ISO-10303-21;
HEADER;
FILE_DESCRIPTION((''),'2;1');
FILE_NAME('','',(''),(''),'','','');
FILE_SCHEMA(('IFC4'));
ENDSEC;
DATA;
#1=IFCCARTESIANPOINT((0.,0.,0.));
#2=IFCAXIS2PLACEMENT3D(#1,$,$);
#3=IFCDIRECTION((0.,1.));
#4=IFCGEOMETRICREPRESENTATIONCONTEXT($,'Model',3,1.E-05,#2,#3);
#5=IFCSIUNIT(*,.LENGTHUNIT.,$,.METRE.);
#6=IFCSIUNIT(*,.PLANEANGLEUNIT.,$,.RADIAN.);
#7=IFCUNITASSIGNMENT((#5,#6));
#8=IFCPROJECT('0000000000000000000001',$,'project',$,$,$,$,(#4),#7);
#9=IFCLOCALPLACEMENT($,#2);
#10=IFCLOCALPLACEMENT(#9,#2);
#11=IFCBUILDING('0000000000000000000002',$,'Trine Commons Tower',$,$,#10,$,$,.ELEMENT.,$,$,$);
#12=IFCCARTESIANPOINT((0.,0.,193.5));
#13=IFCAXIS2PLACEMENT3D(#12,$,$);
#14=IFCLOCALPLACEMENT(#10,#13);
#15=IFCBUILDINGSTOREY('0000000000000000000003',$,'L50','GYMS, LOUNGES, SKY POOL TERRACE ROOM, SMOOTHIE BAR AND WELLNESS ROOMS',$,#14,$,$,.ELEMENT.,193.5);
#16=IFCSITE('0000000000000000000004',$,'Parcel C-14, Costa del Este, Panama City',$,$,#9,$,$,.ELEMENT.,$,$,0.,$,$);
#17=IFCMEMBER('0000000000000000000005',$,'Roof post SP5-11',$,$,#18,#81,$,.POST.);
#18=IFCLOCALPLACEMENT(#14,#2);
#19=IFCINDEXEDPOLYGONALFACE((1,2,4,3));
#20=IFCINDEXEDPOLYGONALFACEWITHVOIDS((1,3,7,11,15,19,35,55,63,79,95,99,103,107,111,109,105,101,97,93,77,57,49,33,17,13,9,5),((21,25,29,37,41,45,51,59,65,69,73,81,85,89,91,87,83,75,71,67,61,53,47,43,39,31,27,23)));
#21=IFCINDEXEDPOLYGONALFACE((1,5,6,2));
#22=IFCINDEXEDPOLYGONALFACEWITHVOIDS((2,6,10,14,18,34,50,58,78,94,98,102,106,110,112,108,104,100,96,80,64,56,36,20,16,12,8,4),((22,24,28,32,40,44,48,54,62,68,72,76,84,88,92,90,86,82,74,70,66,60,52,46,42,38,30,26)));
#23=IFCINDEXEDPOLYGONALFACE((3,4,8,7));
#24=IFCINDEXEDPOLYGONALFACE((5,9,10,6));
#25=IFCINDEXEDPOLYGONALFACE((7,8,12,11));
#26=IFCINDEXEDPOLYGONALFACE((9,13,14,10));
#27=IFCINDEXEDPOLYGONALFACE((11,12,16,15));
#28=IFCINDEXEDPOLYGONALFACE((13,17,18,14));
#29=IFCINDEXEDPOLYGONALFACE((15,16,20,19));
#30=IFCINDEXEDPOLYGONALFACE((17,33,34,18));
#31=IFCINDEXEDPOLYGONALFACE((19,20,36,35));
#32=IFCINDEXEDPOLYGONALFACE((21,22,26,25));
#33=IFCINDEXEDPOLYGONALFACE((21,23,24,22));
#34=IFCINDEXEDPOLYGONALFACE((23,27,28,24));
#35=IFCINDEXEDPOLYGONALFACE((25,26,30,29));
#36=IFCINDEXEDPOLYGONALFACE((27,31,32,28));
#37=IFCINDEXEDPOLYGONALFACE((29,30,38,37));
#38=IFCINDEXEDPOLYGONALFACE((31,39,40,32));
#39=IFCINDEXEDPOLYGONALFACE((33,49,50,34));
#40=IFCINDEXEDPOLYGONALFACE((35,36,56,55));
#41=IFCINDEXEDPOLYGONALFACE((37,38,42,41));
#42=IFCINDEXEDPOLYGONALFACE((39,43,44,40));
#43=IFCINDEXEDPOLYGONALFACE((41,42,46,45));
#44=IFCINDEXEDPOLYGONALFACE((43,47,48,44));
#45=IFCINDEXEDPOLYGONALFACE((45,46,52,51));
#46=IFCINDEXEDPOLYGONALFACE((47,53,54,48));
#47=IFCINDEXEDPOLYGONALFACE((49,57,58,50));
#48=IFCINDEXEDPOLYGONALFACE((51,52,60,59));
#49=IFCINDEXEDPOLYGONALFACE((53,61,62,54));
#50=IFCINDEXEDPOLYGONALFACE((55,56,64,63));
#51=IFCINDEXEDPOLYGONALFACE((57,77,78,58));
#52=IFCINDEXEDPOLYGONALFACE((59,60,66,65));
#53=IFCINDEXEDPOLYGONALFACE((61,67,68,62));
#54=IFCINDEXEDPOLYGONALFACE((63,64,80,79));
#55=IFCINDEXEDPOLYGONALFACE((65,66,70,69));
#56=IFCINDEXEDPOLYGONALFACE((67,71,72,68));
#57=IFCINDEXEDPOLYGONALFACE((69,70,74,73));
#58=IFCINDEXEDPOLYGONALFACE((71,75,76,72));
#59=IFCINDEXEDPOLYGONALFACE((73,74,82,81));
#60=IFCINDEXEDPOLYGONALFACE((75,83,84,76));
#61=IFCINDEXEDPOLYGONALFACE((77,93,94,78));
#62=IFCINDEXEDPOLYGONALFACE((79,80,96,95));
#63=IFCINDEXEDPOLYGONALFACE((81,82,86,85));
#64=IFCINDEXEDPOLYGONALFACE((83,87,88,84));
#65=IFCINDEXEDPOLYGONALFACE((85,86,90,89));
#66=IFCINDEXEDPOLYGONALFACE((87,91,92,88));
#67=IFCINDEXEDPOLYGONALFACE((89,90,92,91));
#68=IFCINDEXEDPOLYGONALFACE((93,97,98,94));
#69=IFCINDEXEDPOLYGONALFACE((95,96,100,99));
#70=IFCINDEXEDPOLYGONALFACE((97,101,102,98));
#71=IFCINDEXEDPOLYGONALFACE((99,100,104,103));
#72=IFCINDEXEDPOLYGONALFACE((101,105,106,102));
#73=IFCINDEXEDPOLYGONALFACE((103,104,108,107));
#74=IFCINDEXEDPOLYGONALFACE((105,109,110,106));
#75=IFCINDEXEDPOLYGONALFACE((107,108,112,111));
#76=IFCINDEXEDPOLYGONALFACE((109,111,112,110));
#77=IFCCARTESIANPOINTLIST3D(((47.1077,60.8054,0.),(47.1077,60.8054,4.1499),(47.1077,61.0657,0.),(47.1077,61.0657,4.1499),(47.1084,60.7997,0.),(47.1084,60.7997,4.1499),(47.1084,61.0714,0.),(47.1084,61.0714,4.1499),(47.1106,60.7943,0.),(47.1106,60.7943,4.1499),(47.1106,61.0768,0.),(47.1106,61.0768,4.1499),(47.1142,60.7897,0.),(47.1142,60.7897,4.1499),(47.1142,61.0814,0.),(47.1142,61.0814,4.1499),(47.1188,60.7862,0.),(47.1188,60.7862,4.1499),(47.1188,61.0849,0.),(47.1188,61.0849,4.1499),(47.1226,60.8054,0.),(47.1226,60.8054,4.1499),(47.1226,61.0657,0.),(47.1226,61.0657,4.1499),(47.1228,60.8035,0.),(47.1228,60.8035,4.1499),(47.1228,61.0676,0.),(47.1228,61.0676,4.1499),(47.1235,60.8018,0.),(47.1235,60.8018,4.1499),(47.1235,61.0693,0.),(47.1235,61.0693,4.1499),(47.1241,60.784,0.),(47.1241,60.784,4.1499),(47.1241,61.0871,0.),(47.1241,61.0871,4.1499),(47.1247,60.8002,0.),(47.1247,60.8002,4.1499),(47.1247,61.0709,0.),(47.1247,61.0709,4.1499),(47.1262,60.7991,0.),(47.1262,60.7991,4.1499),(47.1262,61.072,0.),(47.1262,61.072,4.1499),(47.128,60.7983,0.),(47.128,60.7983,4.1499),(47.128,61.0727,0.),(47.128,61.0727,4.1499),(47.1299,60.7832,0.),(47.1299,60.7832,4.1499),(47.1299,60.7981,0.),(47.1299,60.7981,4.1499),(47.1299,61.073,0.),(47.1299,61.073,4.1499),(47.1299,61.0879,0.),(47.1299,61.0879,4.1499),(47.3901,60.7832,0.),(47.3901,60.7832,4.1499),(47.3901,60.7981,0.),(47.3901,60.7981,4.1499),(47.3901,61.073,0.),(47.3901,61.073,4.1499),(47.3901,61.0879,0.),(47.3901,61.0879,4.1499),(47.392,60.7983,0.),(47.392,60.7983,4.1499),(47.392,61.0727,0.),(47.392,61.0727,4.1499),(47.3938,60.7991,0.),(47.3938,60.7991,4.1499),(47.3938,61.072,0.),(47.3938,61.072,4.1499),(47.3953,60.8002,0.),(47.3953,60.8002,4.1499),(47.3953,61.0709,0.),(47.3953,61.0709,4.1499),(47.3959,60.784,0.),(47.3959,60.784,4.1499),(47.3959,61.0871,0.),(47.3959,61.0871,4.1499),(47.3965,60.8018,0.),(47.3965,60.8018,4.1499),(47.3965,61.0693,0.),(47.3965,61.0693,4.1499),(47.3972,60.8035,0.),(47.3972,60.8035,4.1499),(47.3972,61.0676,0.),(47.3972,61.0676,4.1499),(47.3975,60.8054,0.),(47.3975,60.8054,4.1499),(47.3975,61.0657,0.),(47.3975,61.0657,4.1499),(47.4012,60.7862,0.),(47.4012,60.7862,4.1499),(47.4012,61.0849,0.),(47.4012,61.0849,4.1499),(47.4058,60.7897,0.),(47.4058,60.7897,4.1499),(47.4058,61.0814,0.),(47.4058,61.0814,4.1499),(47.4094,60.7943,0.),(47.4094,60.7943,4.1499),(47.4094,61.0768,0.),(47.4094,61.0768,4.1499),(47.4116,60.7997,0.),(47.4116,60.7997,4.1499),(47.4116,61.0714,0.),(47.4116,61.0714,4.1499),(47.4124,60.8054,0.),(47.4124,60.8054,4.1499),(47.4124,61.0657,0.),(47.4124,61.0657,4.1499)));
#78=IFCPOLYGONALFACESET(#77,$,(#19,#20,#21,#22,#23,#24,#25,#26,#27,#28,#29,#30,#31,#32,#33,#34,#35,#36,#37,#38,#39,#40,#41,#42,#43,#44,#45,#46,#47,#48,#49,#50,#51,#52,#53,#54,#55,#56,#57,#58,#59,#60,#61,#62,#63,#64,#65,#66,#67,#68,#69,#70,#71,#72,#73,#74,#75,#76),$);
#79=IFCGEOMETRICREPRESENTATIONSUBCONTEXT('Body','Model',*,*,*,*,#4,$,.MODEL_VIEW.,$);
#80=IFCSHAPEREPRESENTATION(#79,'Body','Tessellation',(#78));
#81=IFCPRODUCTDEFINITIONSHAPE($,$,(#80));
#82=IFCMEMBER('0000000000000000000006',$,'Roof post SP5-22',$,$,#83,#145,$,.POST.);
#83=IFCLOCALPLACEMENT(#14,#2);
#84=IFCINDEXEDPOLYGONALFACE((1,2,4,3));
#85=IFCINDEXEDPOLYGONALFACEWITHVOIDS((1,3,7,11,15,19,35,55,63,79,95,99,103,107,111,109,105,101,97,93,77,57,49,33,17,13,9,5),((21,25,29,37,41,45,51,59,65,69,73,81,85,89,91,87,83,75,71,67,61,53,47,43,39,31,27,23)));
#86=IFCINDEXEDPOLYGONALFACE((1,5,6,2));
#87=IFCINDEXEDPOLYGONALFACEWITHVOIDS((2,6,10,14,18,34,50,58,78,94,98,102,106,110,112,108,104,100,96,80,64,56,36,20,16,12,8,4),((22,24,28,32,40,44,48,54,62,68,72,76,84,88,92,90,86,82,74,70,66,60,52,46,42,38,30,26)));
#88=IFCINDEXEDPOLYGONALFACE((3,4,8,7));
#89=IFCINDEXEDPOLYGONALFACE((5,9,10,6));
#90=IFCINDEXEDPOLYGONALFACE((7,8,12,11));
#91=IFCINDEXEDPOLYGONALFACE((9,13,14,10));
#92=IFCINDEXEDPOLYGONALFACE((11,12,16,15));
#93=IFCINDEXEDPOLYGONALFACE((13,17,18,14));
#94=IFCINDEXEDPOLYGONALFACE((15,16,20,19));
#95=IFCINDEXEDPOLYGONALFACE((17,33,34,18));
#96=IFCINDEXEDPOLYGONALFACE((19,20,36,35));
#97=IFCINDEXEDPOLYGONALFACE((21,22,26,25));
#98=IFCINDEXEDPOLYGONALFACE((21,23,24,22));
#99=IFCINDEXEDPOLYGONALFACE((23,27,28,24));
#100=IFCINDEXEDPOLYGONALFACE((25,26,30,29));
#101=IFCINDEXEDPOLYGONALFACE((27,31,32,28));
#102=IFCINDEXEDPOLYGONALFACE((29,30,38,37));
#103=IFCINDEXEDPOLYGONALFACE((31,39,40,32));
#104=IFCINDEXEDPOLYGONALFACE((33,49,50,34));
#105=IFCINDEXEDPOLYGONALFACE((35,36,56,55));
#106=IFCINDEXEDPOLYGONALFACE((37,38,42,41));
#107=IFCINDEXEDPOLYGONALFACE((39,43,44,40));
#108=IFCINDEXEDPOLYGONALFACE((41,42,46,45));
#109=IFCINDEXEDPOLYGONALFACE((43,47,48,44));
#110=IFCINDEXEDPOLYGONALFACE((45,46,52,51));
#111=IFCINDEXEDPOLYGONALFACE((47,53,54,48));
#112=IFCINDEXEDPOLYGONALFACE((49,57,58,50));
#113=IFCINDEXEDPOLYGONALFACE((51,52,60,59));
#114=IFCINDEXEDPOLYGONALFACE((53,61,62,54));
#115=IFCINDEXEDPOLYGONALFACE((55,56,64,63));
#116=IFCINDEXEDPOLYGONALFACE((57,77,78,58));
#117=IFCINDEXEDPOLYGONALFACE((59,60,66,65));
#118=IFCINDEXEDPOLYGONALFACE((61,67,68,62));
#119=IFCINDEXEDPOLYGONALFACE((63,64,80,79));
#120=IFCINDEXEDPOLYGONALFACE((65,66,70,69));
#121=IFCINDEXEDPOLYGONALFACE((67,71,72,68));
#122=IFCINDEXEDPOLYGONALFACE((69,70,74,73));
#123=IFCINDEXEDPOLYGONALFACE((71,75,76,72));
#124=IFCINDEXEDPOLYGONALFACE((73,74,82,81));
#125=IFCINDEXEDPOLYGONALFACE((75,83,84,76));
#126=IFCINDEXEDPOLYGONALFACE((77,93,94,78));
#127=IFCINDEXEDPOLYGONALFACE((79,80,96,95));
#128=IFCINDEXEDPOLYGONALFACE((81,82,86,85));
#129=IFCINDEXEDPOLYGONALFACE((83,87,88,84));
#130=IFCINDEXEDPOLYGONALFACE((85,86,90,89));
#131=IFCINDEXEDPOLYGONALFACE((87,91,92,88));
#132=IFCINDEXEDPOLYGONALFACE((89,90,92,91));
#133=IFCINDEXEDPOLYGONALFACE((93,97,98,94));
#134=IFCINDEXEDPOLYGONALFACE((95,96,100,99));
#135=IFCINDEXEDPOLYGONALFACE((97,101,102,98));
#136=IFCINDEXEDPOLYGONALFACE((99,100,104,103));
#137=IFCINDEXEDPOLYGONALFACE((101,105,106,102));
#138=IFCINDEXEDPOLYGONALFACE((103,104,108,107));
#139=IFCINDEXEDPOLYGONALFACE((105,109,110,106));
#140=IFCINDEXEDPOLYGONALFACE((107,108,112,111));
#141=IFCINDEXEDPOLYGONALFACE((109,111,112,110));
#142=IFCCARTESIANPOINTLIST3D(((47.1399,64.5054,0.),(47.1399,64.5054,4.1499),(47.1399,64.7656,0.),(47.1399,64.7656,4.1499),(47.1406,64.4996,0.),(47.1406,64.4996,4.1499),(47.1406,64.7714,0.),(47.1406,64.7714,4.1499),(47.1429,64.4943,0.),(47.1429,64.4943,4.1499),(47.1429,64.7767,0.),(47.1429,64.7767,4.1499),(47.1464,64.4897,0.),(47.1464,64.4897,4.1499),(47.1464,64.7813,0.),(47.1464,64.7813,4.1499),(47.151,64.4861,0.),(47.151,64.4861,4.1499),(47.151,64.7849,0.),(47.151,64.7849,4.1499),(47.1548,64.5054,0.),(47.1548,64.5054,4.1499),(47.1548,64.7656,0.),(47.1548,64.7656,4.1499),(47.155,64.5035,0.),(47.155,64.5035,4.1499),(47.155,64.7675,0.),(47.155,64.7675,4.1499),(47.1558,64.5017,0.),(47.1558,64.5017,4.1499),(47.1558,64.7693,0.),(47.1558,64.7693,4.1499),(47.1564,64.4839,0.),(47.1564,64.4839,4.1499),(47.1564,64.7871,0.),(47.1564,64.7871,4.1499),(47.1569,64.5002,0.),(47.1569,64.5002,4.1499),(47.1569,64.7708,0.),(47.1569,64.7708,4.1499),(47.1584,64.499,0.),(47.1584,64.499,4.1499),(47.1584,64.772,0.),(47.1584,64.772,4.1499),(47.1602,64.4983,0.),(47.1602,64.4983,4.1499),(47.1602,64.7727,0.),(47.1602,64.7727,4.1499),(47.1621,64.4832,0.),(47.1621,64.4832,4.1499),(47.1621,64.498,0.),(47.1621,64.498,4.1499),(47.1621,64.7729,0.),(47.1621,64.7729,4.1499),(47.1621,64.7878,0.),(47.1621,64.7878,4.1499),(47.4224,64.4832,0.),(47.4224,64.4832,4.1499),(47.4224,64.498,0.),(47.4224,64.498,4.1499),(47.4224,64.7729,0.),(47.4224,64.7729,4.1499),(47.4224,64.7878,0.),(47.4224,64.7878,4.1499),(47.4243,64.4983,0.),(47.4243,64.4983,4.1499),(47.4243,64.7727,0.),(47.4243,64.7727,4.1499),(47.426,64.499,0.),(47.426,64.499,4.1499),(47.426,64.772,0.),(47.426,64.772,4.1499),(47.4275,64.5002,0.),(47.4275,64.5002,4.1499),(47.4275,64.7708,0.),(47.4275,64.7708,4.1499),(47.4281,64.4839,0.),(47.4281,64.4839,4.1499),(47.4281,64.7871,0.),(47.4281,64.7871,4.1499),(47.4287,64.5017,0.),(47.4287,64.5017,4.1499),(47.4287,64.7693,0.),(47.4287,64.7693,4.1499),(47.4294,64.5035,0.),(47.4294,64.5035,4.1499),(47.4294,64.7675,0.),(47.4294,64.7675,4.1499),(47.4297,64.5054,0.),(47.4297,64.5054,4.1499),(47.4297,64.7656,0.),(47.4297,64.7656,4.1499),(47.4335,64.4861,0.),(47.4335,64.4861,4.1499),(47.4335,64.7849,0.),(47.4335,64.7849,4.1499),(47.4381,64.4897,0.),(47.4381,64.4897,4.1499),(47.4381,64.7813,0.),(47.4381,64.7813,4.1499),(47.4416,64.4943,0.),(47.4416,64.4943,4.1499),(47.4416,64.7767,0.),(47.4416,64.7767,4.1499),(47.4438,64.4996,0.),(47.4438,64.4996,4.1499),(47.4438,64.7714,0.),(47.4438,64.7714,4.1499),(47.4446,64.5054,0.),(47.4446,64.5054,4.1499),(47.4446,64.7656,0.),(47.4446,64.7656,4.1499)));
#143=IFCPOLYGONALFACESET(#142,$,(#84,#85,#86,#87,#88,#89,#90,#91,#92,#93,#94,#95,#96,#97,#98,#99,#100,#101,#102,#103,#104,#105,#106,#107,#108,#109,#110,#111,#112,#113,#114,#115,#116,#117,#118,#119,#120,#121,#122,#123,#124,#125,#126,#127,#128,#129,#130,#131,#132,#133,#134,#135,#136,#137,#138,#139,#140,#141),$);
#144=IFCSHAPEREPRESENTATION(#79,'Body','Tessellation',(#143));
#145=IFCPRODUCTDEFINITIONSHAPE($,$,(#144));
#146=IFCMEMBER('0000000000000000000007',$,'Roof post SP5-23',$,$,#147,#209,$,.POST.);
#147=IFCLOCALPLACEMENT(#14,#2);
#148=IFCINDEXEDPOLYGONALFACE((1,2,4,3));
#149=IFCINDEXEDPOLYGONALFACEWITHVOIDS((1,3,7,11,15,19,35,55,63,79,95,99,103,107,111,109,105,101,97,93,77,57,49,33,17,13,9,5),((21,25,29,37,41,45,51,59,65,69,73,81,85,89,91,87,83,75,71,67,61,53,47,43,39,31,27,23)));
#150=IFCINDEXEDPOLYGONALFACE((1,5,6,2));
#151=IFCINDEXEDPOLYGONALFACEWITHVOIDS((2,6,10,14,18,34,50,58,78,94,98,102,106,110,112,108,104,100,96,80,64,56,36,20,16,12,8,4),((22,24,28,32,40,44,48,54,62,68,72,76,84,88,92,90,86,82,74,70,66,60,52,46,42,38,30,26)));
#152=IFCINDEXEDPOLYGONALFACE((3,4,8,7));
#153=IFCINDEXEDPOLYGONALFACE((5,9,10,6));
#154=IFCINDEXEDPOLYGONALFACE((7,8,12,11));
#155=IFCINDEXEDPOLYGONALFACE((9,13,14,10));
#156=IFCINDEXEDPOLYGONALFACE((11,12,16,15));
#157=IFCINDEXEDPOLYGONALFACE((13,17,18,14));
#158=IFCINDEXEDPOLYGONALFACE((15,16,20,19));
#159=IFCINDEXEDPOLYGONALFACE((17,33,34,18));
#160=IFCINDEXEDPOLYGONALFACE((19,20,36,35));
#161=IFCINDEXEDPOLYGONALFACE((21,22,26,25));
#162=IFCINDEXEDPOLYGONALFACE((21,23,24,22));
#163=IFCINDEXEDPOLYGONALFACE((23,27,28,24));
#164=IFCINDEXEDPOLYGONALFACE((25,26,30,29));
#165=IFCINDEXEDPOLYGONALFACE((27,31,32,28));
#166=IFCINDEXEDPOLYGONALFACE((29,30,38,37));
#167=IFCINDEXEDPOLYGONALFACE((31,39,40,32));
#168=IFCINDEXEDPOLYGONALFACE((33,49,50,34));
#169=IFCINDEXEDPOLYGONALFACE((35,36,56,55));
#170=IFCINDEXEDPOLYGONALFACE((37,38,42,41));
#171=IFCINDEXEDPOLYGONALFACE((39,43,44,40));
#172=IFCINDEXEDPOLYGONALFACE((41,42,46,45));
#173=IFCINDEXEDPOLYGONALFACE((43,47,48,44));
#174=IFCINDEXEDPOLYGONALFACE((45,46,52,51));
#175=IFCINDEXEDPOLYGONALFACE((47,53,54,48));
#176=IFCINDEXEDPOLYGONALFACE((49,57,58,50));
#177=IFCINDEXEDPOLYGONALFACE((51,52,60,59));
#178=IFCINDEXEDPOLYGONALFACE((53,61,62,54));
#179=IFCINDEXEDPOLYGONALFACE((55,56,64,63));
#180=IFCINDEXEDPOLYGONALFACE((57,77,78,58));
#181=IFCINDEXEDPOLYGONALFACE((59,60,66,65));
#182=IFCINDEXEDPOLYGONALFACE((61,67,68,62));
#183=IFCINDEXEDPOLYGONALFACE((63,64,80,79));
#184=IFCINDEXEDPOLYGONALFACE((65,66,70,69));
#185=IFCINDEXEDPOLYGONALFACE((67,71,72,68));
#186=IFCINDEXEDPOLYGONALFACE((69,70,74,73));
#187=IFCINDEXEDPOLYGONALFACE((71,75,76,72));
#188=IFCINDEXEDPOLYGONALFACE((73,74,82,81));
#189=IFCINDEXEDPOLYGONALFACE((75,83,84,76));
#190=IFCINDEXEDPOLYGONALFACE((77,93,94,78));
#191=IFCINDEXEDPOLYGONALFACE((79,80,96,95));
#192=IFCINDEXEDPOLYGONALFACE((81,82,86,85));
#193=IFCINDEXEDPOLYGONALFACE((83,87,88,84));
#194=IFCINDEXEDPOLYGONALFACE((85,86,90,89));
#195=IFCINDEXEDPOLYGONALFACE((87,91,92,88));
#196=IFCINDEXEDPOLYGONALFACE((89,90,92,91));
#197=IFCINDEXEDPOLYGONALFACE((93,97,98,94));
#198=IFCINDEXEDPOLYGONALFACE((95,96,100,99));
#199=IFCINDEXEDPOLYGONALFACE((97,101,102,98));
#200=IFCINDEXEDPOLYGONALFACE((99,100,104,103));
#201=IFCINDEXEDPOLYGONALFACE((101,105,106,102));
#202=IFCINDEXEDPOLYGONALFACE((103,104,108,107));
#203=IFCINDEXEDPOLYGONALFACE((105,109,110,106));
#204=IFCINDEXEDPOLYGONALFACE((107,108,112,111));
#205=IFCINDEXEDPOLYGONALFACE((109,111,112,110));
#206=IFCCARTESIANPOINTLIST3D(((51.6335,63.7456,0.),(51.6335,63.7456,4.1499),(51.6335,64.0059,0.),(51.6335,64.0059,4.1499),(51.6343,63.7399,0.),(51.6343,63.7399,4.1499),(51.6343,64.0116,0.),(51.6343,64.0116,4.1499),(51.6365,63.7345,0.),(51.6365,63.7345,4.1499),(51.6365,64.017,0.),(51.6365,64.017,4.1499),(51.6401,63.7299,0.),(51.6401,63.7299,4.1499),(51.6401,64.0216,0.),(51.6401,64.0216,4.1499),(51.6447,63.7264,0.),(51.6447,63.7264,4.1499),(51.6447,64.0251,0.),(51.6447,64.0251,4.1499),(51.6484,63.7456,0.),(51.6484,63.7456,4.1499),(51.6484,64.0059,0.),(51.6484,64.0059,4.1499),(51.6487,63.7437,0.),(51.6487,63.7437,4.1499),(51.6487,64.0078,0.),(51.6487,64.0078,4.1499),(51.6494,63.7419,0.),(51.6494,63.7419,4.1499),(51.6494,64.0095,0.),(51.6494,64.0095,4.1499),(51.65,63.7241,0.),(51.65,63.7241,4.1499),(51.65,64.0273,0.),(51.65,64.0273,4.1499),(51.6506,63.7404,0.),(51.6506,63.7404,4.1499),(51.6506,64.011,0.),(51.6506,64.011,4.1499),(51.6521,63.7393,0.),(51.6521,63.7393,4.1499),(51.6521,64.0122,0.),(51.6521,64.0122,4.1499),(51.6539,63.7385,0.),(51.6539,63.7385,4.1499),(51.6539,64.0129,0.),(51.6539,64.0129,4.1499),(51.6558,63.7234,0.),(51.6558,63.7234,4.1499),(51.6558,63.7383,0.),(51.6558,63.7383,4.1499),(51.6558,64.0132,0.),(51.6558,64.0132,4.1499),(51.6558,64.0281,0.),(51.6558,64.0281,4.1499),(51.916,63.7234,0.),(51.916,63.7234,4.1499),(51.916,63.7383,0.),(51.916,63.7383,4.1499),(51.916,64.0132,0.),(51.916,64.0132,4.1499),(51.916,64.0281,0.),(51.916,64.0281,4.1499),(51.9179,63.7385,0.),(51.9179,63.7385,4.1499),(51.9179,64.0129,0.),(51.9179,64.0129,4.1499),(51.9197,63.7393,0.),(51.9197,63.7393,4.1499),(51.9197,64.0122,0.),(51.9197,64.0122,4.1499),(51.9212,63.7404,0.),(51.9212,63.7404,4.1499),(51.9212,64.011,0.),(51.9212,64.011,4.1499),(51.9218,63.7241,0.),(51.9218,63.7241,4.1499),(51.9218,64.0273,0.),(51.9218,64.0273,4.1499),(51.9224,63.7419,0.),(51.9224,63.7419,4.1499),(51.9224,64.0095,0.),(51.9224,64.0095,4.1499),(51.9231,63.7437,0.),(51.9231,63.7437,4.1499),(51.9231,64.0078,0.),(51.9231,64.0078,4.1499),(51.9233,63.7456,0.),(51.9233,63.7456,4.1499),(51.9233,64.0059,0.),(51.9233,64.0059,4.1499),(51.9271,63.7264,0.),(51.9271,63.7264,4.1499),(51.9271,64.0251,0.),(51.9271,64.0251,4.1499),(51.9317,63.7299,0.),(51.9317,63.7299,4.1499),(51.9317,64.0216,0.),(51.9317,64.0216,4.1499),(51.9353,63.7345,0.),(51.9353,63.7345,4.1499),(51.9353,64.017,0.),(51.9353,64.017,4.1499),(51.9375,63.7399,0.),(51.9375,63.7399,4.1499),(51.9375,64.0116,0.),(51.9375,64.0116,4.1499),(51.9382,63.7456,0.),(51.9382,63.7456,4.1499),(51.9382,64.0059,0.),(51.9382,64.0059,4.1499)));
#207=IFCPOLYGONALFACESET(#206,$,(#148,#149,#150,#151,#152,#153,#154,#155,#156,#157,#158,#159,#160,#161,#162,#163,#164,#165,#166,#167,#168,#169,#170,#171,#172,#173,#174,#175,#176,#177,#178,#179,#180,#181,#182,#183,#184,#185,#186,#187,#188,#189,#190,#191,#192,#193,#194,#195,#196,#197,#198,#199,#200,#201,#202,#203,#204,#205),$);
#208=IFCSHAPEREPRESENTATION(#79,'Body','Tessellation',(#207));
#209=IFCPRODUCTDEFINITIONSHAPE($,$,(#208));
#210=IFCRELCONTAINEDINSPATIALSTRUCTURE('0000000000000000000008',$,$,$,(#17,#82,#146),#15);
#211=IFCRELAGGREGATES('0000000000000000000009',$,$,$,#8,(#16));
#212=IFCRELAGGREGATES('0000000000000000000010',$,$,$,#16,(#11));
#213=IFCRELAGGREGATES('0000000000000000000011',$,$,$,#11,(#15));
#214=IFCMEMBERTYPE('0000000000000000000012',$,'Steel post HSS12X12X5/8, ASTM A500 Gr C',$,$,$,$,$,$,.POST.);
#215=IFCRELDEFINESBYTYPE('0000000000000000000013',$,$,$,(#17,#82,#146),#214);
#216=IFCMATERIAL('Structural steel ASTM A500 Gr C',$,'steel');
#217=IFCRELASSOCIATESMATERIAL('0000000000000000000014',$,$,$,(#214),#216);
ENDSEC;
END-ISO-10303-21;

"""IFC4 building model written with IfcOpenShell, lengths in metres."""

from ifc_helpers import new_model, si_unit, direction, frame, origin, origin_2d, place, context, subcontext, project, spatial, hollow_rectangle, extrude, material, material_profile, profile_set, type_object, element, save


model = new_model("IFC4")

# Units and contexts
model_context = context("Model", 3, precision=1e-05, world=origin(), true_north=direction((0.0, 1.0)))
body_context = subcontext(model_context, "Body", "Model", "MODEL_VIEW")
ifc_project = project(units=[si_unit("LENGTHUNIT", "METRE"), si_unit("PLANEANGLEUNIT", "RADIAN")], contexts=[model_context])

# Site, building, storey
site_placement = place(None, origin())
site = spatial("IfcSite", under=ifc_project, at=site_placement, Name="Parcel C-14, Costa del Este, Panama City", CompositionType="ELEMENT", RefElevation=0.0)
building_placement = place(site_placement, origin())
building = spatial("IfcBuilding", under=site, at=building_placement, Name="Trine Commons Tower", CompositionType="ELEMENT")
storey_placement = place(building_placement, frame((0.0, 0.0, 193.5)))
storey = spatial("IfcBuildingStorey", under=building, at=storey_placement, Name="L50", Description="GYMS, LOUNGES, SKY POOL TERRACE ROOM, SMOOTHIE BAR AND WELLNESS ROOMS", CompositionType="ELEMENT", Elevation=193.5)

# Members
ifc_material_1 = material(Name="Structural steel ASTM A500 Gr C", Category="steel")
ifc_material_profile_1 = material_profile(ifc_material_1, hollow_rectangle(XDim=0.3047, YDim=0.3047, WallThickness=0.0149, InnerFilletRadius=0.0073, OuterFilletRadius=0.0222, at=origin_2d()), Name="HSS12X12X5/8")
ifc_profile_set_1 = profile_set([ifc_material_profile_1], Name="Structural steel ASTM A500 Gr C")
member_type_1 = type_object("IfcMemberType", Name="Steel post HSS12X12X5/8, ASTM A500 Gr C", PredefinedType="POST", material=ifc_profile_set_1)
for number, where, z_axis, x_axis, name in (
    (1, (47.26, 60.9355, 0.0), (0.0, 0.0, 1.0), (1.0, 0.0, 0.0), "Roof post SP5-11"),
    (2, (47.2922, 64.6355, 0.0), (0.0, 0.0, 1.0), (1.0, 0.0, 0.0), "Roof post SP5-22"),
    (3, (51.7859, 63.8757, 0.0), (0.0, 0.0, 1.0), (1.0, 0.0, 0.0), "Roof post SP5-23"),
):
    element("IfcMember", number, at=place(storey_placement, frame(where, z_axis=z_axis, x_axis=x_axis)), inside=storey, type_object=member_type_1, Name=name, PredefinedType="POST", context=body_context, shape_type="SweptSolid", body=[
        extrude(hollow_rectangle(XDim=0.3047, YDim=0.3047, WallThickness=0.0149, InnerFilletRadius=0.0073, OuterFilletRadius=0.0222, at=origin_2d()), origin(), (0.0, 0.0, 1.0), 4.1499),
    ])

save(model, "model.ifc")
